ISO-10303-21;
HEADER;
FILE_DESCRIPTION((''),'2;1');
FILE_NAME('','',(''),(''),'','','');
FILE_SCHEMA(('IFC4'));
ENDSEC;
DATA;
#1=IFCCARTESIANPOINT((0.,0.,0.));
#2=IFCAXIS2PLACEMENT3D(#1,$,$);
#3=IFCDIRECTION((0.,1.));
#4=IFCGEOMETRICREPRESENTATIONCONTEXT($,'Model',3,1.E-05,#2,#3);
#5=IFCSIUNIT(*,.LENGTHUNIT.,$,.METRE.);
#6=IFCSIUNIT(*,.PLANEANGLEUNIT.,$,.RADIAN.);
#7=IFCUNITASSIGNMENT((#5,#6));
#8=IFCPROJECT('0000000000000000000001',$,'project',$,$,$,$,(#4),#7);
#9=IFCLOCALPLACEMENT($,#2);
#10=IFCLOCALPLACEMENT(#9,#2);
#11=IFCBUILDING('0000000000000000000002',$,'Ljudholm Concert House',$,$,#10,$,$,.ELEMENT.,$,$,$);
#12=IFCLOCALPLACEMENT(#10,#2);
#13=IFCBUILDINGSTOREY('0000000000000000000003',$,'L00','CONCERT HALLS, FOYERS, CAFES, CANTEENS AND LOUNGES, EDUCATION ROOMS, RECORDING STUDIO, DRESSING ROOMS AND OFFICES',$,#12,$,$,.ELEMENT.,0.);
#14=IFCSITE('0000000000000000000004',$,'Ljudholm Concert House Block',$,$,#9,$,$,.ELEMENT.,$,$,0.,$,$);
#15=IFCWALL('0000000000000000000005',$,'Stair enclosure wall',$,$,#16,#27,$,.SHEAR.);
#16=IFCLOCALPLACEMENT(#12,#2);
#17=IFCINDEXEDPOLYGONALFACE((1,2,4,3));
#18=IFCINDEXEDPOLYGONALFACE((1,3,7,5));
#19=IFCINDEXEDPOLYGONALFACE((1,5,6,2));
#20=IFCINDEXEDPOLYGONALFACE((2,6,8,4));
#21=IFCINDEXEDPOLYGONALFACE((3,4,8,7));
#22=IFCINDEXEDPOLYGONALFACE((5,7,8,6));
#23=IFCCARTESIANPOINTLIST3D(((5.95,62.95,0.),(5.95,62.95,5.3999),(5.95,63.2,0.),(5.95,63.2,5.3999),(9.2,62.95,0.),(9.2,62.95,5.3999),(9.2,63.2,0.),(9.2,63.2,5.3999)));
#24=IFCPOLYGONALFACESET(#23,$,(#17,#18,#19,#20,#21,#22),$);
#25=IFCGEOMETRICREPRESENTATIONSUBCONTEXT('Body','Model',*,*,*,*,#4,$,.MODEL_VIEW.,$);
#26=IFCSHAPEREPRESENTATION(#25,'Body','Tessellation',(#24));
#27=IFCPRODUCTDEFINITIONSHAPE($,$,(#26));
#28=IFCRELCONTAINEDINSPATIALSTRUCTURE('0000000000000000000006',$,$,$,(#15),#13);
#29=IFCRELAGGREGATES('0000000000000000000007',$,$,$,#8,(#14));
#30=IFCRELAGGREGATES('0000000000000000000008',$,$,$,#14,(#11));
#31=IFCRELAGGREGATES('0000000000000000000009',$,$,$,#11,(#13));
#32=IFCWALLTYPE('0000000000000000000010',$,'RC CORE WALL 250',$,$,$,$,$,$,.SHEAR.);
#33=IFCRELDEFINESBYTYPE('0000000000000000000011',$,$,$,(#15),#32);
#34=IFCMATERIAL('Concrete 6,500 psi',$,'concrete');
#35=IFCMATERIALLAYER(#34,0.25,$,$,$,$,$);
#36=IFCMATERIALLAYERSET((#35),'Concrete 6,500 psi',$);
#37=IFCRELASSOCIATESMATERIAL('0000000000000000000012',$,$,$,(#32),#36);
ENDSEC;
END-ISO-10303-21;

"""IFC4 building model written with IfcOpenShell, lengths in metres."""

from ifc_helpers import new_model, si_unit, direction, frame, frame_2d, origin, place, context, subcontext, project, spatial, rectangle, extrude, material, layer, layer_set, type_object, element, save


model = new_model("IFC4")

# Units and contexts
model_context = context("Model", 3, precision=1e-05, world=origin(), true_north=direction((0.0, 1.0)))
body_context = subcontext(model_context, "Body", "Model", "MODEL_VIEW")
ifc_project = project(units=[si_unit("LENGTHUNIT", "METRE"), si_unit("PLANEANGLEUNIT", "RADIAN")], contexts=[model_context])

# Site, building, storey
site_placement = place(None, origin())
site = spatial("IfcSite", under=ifc_project, at=site_placement, Name="Ljudholm Concert House Block", CompositionType="ELEMENT", RefElevation=0.0)
building_placement = place(site_placement, origin())
building = spatial("IfcBuilding", under=site, at=building_placement, Name="Ljudholm Concert House", CompositionType="ELEMENT")
storey_placement = place(building_placement, origin())
storey = spatial("IfcBuildingStorey", under=building, at=storey_placement, Name="L00", Description="CONCERT HALLS, FOYERS, CAFES, CANTEENS AND LOUNGES, EDUCATION ROOMS, RECORDING STUDIO, DRESSING ROOMS AND OFFICES", CompositionType="ELEMENT", Elevation=0.0)

# Shared definitions
ifc_material_1 = material(Name="Concrete 6,500 psi", Category="concrete")
ifc_layer_1 = layer(ifc_material_1, 0.25)
ifc_layer_set_1 = layer_set([ifc_layer_1], Name="Concrete 6,500 psi")
wall_type_1 = type_object("IfcWallType", Name="RC CORE WALL 250", PredefinedType="SHEAR", material=ifc_layer_set_1)

# Wall
wall_1_placement = place(storey_placement, frame((5.95, 63.075, 0.0), z_axis=(0.0, 0.0, 1.0), x_axis=(1.0, 0.0, 0.0)))
element("IfcWall", 1, at=wall_1_placement, inside=storey, type_object=wall_type_1, Name="Stair enclosure wall", PredefinedType="SHEAR", context=body_context, shape_type="SweptSolid", body=[
    extrude(rectangle(XDim=3.25, YDim=0.25, at=frame_2d((1.625, 0.0))), origin(), (0.0, 0.0, 1.0), 5.3999),
])

save(model, "model.ifc")
